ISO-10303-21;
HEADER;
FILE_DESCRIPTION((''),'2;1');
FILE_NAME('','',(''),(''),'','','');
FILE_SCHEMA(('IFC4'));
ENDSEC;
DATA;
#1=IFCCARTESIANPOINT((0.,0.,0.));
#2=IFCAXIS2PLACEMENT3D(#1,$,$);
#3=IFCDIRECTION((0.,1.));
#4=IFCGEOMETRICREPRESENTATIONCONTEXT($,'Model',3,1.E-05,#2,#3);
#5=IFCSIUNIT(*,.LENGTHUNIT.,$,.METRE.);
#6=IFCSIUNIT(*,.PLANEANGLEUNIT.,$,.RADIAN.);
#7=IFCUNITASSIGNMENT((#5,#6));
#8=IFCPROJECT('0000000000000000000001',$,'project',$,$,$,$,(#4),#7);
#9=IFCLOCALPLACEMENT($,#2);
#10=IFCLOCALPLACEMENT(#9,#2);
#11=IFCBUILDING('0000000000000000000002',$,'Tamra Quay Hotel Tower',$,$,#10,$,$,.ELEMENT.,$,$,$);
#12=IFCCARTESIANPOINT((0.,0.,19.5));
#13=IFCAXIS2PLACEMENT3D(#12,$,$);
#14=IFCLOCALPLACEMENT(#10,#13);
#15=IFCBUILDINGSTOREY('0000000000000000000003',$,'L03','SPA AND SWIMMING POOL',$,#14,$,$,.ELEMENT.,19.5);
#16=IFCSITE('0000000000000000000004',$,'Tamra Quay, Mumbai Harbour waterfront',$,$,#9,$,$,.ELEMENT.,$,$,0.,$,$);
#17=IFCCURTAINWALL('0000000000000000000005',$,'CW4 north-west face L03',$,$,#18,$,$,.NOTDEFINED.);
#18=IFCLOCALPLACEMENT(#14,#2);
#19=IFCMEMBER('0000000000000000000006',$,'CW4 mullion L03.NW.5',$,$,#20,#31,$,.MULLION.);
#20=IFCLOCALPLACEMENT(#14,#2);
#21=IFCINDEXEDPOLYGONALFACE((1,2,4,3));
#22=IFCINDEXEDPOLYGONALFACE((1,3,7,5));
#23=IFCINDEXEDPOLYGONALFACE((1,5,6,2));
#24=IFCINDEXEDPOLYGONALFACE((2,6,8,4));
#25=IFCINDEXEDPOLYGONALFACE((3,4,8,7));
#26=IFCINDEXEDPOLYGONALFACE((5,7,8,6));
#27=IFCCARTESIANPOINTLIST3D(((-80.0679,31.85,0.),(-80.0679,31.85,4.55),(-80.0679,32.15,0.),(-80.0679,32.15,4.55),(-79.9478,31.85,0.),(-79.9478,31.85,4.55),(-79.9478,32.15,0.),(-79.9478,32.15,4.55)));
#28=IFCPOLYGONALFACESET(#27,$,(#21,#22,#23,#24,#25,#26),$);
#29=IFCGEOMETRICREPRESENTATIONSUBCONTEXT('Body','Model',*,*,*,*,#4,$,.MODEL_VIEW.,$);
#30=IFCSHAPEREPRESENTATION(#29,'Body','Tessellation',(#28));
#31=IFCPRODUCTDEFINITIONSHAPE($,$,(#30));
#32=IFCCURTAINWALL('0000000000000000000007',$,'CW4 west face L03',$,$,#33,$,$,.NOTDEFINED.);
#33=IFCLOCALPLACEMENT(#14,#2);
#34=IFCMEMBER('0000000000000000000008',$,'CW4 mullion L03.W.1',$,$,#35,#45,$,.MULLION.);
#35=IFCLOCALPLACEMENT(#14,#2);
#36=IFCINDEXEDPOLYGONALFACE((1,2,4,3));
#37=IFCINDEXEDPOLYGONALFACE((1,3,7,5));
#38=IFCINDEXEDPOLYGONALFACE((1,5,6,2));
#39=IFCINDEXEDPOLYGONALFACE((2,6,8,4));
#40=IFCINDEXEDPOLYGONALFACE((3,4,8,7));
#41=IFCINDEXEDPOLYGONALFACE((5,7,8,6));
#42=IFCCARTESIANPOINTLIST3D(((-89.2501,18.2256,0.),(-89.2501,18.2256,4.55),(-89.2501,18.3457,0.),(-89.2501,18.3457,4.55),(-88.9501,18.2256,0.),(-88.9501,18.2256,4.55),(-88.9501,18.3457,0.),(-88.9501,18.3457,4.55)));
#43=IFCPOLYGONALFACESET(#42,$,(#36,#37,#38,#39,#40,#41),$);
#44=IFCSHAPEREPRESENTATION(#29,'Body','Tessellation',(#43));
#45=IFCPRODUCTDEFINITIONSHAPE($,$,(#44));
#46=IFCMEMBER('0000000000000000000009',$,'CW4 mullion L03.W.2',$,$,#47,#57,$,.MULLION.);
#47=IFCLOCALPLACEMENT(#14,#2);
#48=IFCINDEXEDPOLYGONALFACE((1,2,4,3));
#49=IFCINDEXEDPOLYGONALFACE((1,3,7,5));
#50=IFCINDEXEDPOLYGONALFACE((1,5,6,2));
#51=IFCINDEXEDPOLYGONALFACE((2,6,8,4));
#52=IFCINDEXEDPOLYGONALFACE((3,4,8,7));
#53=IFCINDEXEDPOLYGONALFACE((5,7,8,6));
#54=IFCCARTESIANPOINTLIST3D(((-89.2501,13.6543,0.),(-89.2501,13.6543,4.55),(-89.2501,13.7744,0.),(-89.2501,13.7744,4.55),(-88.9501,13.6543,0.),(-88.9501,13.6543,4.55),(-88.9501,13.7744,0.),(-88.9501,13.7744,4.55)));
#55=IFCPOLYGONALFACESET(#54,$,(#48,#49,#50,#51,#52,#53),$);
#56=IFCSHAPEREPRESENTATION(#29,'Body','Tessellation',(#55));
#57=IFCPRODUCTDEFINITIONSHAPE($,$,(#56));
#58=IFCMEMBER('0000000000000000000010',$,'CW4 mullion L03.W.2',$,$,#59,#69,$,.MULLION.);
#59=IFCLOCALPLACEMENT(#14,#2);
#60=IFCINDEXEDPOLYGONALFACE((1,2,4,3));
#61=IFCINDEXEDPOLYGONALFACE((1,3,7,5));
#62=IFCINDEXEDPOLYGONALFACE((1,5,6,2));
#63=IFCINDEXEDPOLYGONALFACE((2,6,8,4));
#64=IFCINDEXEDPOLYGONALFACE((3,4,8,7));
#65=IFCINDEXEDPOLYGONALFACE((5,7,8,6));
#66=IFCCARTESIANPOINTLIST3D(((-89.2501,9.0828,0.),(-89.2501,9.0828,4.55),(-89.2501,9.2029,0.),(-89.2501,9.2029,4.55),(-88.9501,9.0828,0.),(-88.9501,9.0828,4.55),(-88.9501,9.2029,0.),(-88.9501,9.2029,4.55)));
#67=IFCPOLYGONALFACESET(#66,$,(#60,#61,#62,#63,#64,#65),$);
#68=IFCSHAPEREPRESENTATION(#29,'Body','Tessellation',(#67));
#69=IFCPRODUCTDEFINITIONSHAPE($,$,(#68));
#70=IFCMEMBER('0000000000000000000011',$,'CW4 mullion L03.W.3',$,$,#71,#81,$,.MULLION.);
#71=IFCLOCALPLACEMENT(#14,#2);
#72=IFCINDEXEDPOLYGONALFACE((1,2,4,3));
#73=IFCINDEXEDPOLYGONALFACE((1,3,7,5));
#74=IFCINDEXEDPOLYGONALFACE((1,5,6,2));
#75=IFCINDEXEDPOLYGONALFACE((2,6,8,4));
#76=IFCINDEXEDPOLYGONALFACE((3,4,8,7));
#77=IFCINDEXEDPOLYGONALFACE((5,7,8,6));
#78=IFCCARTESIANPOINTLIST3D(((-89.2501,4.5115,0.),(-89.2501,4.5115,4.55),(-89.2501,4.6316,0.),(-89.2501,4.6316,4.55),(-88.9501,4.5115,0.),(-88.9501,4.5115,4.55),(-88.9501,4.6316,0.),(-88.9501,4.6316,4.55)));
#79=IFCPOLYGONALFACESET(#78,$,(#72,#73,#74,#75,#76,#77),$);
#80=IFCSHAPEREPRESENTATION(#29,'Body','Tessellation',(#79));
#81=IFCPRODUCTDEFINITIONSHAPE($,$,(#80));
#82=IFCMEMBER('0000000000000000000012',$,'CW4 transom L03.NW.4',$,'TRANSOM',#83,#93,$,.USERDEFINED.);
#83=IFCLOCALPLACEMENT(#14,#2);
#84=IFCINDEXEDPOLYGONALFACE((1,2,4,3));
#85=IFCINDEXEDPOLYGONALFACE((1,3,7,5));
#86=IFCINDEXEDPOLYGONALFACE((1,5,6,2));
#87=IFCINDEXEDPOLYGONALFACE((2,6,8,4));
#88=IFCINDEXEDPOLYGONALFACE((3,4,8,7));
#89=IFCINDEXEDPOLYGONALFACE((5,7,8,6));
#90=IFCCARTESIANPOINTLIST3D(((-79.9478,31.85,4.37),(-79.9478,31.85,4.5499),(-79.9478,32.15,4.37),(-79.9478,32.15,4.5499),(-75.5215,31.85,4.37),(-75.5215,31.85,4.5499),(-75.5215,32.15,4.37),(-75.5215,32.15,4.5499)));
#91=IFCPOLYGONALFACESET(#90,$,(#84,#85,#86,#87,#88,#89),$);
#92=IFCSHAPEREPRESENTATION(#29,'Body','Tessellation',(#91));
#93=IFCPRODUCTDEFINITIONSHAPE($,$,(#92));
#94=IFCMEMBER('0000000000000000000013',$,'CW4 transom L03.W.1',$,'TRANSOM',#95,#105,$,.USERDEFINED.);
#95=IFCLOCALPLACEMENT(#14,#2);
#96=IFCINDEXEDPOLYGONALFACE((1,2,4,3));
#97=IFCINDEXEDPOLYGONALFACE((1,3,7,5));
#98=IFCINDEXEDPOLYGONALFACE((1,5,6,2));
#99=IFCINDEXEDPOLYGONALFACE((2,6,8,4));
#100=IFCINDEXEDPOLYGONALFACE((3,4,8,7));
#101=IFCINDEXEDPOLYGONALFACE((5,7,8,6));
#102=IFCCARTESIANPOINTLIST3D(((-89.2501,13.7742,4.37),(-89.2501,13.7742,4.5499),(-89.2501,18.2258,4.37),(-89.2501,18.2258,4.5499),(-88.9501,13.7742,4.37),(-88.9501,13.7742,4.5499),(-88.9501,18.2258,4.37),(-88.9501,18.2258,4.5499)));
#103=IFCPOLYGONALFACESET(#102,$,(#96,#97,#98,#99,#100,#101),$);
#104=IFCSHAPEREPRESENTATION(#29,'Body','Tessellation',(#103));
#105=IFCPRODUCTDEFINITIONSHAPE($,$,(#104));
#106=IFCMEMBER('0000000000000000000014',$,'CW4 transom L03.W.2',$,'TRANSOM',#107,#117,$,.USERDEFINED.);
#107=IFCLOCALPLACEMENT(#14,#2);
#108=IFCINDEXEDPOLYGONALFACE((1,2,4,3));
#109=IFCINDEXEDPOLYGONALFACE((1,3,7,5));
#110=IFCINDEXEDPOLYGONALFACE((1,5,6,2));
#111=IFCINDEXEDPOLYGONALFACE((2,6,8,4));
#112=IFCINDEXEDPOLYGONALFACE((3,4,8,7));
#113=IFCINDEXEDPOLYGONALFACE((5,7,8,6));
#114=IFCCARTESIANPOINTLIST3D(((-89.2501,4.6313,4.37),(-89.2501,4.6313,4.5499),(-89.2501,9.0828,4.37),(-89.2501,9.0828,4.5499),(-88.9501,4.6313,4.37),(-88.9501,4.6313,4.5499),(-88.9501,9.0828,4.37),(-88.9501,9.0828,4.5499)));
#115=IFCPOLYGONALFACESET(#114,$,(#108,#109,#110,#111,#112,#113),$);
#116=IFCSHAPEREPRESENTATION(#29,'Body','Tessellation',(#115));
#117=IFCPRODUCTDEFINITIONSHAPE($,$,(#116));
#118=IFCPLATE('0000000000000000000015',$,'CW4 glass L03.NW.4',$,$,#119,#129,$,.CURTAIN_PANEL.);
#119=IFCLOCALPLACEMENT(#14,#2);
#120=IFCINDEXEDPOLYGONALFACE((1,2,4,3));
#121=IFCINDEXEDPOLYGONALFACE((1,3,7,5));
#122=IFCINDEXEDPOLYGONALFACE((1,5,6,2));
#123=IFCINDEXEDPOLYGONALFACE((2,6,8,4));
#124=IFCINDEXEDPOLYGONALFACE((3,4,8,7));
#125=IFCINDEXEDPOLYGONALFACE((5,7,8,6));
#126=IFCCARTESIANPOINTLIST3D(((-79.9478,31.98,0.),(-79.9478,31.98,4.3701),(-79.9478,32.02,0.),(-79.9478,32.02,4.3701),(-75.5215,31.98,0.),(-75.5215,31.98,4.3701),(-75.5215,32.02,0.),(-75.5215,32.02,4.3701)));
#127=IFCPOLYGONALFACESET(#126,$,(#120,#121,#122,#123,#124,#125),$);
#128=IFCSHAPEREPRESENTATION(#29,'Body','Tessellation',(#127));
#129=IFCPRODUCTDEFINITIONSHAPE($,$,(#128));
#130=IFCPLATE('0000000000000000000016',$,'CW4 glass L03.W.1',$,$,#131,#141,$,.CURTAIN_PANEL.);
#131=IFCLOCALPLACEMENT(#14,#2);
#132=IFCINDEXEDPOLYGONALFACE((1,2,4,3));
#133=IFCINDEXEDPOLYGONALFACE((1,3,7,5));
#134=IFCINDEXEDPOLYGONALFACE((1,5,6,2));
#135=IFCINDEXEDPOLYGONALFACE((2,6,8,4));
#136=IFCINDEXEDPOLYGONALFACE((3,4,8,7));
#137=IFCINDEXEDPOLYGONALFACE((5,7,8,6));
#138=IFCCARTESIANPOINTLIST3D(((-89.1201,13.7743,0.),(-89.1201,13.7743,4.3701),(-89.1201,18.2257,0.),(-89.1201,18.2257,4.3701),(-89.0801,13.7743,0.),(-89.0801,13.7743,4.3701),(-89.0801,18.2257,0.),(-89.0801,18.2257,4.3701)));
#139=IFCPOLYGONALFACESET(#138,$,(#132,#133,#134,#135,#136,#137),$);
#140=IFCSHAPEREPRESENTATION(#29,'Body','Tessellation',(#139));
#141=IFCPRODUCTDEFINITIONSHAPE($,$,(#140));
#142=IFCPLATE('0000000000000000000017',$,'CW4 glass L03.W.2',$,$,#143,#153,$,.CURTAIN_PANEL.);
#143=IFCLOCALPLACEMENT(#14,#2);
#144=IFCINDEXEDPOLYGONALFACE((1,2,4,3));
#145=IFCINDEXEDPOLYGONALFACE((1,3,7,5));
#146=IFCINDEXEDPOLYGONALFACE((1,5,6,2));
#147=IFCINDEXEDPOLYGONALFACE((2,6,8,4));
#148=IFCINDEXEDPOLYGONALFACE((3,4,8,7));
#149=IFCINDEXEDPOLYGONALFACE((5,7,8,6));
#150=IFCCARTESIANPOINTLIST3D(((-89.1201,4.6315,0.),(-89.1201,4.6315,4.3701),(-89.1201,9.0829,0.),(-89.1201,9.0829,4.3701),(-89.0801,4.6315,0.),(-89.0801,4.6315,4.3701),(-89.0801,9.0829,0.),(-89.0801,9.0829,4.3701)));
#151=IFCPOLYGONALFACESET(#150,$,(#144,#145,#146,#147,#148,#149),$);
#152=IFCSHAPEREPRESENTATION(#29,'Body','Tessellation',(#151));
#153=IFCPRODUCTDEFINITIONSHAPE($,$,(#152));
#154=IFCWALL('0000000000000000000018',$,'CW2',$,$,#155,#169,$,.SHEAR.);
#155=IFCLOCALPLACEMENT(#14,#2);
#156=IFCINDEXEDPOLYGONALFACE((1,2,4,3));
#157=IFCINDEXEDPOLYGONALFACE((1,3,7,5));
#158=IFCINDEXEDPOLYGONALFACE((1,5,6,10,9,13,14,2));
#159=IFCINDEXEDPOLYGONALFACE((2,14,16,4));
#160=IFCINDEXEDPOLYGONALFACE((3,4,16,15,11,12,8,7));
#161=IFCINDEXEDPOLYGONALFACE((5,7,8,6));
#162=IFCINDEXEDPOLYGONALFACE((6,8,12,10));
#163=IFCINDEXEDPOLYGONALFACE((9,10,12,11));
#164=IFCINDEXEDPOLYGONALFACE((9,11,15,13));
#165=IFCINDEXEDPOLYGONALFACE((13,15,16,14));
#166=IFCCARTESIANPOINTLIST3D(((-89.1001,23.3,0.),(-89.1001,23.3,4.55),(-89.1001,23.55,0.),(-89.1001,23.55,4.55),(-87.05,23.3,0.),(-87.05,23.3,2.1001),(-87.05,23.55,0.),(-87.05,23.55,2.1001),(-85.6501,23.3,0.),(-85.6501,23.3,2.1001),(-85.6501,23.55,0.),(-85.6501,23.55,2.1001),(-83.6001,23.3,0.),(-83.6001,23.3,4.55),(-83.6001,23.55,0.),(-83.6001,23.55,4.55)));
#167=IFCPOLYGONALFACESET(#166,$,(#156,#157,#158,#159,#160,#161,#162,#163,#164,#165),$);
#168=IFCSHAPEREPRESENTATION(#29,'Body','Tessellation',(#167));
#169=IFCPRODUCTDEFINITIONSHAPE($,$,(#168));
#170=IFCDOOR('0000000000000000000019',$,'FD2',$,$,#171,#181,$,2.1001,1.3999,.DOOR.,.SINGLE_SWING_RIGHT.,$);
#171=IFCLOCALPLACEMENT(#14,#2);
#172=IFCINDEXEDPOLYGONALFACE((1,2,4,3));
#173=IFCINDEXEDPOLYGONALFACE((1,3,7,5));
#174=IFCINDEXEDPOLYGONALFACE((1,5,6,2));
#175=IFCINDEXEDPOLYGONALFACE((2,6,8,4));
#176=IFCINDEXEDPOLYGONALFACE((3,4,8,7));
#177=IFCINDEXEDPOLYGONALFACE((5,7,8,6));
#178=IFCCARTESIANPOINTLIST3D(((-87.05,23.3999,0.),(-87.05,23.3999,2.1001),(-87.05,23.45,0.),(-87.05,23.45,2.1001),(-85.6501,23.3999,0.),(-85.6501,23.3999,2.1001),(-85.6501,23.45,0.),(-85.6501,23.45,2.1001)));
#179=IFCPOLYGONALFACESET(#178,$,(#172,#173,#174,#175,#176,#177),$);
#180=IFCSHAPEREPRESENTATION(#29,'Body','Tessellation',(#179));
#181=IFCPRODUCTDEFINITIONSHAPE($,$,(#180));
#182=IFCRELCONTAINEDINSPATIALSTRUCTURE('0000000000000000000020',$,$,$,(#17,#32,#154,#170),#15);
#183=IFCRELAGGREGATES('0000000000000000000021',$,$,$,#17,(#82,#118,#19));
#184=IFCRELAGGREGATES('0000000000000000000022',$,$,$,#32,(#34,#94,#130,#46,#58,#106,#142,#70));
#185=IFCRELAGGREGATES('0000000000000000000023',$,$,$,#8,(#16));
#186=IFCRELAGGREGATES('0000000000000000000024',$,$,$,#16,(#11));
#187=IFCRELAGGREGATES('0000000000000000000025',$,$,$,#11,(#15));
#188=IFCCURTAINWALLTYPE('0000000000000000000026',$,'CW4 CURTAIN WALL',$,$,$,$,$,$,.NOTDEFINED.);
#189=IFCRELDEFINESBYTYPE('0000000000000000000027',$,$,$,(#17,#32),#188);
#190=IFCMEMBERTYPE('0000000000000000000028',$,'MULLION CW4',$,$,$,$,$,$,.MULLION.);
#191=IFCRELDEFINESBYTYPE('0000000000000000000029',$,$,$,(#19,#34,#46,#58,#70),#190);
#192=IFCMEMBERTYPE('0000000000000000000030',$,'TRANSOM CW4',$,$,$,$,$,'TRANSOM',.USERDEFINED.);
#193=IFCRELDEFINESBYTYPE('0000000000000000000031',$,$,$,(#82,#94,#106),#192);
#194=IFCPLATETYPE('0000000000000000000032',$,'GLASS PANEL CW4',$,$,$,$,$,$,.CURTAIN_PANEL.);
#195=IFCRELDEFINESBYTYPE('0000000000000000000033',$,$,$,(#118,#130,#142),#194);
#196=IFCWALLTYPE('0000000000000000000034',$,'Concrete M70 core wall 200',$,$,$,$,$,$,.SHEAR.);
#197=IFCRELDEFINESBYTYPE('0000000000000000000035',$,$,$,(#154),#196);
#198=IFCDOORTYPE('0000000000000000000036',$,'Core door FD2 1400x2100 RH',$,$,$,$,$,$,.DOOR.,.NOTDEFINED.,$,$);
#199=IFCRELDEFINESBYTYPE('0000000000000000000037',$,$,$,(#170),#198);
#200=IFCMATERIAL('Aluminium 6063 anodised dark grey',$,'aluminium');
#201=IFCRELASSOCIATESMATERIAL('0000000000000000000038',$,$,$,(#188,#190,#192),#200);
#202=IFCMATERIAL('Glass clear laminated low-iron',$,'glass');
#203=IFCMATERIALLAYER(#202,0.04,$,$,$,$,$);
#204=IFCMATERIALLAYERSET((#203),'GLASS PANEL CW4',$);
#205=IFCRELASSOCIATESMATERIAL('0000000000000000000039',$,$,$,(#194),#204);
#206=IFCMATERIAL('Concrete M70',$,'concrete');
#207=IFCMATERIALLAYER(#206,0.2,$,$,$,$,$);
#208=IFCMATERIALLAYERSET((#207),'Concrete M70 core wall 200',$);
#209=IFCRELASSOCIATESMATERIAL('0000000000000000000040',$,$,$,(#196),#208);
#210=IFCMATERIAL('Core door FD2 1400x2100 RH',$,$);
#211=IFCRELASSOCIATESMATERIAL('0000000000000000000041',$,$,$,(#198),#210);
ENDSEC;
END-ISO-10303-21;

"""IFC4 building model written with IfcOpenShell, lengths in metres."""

from ifc_helpers import new_model, si_unit, direction, frame, frame_2d, origin, origin_2d, place, context, subcontext, project, spatial, rectangle, extrude, material, layer, layer_set, material_profile, profile_set, type_object, element, fill, aggregate, save


model = new_model("IFC4")

# Units and contexts
model_context = context("Model", 3, precision=1e-05, world=origin(), true_north=direction((0.0, 1.0)))
body_context = subcontext(model_context, "Body", "Model", "MODEL_VIEW")
ifc_project = project(units=[si_unit("LENGTHUNIT", "METRE"), si_unit("PLANEANGLEUNIT", "RADIAN")], contexts=[model_context])

# Site, building, storey
site_placement = place(None, origin())
site = spatial("IfcSite", under=ifc_project, at=site_placement, Name="Tamra Quay, Mumbai Harbour waterfront", CompositionType="ELEMENT", RefElevation=0.0)
building_placement = place(site_placement, origin())
building = spatial("IfcBuilding", under=site, at=building_placement, Name="Tamra Quay Hotel Tower", CompositionType="ELEMENT")
storey_placement = place(building_placement, frame((0.0, 0.0, 19.5)))
storey = spatial("IfcBuildingStorey", under=building, at=storey_placement, Name="L03", Description="SPA AND SWIMMING POOL", CompositionType="ELEMENT", Elevation=19.5)

# Curtain wall, member
ifc_material_1 = material(Name="Aluminium 6063 anodised dark grey", Category="aluminium")
curtain_wall_type = type_object("IfcCurtainWallType", Name="CW4 CURTAIN WALL", PredefinedType="NOTDEFINED", material=ifc_material_1)
curtain_wall_1_placement = place(storey_placement, origin())
curtain_wall_1 = element("IfcCurtainWall", 1, at=curtain_wall_1_placement, inside=storey, type_object=curtain_wall_type, Name="CW4 north-west face L03", PredefinedType="NOTDEFINED")
ifc_material_profile_1 = material_profile(ifc_material_1, rectangle(XDim=0.3, YDim=0.1201, at=origin_2d()), Name="MULLION 120X300")
ifc_profile_set_1 = profile_set([ifc_material_profile_1], Name="Aluminium 6063 anodised dark grey")
member_type_1 = type_object("IfcMemberType", Name="MULLION CW4", PredefinedType="MULLION", material=ifc_profile_set_1)
member_1_placement = place(storey_placement, frame((-80.0078, 32.0, 0.0), z_axis=(0.0, 0.0, 1.0), x_axis=(0.0, 1.0, 0.0)))
member_1 = element("IfcMember", 2, at=member_1_placement, type_object=member_type_1, Name="CW4 mullion L03.NW.5", PredefinedType="MULLION", context=body_context, shape_type="SweptSolid", body=[
    extrude(rectangle(XDim=0.3, YDim=0.1201, at=origin_2d()), origin(), (0.0, 0.0, 1.0), 4.55),
])

# Curtain wall, members
curtain_wall_2_placement = place(storey_placement, origin())
curtain_wall_2 = element("IfcCurtainWall", 3, at=curtain_wall_2_placement, inside=storey, type_object=curtain_wall_type, Name="CW4 west face L03", PredefinedType="NOTDEFINED")
member_2_placement = place(storey_placement, frame((-89.1001, 18.2856, 0.0), z_axis=(0.0, 0.0, 1.0), x_axis=(-1.0, 0.0, 0.0)))
member_2 = element("IfcMember", 4, at=member_2_placement, type_object=member_type_1, Name="CW4 mullion L03.W.1", PredefinedType="MULLION", context=body_context, shape_type="SweptSolid", body=[
    extrude(rectangle(XDim=0.3, YDim=0.1201, at=origin_2d()), origin(), (0.0, 0.0, 1.0), 4.55),
])
member_3_placement = place(storey_placement, frame((-89.1001, 13.7144, 0.0), z_axis=(0.0, 0.0, 1.0), x_axis=(-1.0, 0.0, 0.0)))
member_3 = element("IfcMember", 5, at=member_3_placement, type_object=member_type_1, Name="CW4 mullion L03.W.2", PredefinedType="MULLION", context=body_context, shape_type="SweptSolid", body=[
    extrude(rectangle(XDim=0.3, YDim=0.1201, at=origin_2d()), origin(), (0.0, 0.0, 1.0), 4.55),
])
member_4_placement = place(storey_placement, frame((-89.1001, 9.1428, 0.0), z_axis=(0.0, 0.0, 1.0), x_axis=(-1.0, 0.0, 0.0)))
member_4 = element("IfcMember", 6, at=member_4_placement, type_object=member_type_1, Name="CW4 mullion L03.W.2", PredefinedType="MULLION", context=body_context, shape_type="SweptSolid", body=[
    extrude(rectangle(XDim=0.3, YDim=0.1201, at=origin_2d()), origin(), (0.0, 0.0, 1.0), 4.55),
])
member_5_placement = place(storey_placement, frame((-89.1001, 4.5715, 0.0), z_axis=(0.0, 0.0, 1.0), x_axis=(-1.0, 0.0, 0.0)))
member_5 = element("IfcMember", 7, at=member_5_placement, type_object=member_type_1, Name="CW4 mullion L03.W.3", PredefinedType="MULLION", context=body_context, shape_type="SweptSolid", body=[
    extrude(rectangle(XDim=0.3, YDim=0.1201, at=origin_2d()), origin(), (0.0, 0.0, 1.0), 4.55),
])

# Members
ifc_material_profile_2 = material_profile(ifc_material_1, rectangle(XDim=0.3, YDim=0.1799, at=origin_2d()), Name="TRANSOM 300X180")
ifc_profile_set_2 = profile_set([ifc_material_profile_2], Name="Aluminium 6063 anodised dark grey")
member_type_2 = type_object("IfcMemberType", Name="TRANSOM CW4", ElementType="TRANSOM", PredefinedType="USERDEFINED", material=ifc_profile_set_2)
member_6_placement = place(storey_placement, frame((-75.5215, 32.0, 4.46), z_axis=(-1.0, 0.0, 0.0), x_axis=(0.0, -1.0, 0.0)))
member_6 = element("IfcMember", 8, at=member_6_placement, type_object=member_type_2, Name="CW4 transom L03.NW.4", ObjectType="TRANSOM", PredefinedType="USERDEFINED", context=body_context, shape_type="SweptSolid", body=[
    extrude(rectangle(XDim=0.3, YDim=0.1799, at=origin_2d()), origin(), (0.0, 0.0, 1.0), 4.4263),
])
member_7_placement = place(storey_placement, frame((-89.1001, 18.2258, 4.46), z_axis=(0.0, -1.0, 0.0), x_axis=(1.0, 0.0, 0.0)))
member_7 = element("IfcMember", 9, at=member_7_placement, type_object=member_type_2, Name="CW4 transom L03.W.1", ObjectType="TRANSOM", PredefinedType="USERDEFINED", context=body_context, shape_type="SweptSolid", body=[
    extrude(rectangle(XDim=0.3, YDim=0.1799, at=origin_2d()), origin(), (0.0, 0.0, 1.0), 4.4517),
])
member_8_placement = place(storey_placement, frame((-89.1001, 9.0828, 4.46), z_axis=(0.0, -1.0, 0.0), x_axis=(1.0, 0.0, 0.0)))
member_8 = element("IfcMember", 10, at=member_8_placement, type_object=member_type_2, Name="CW4 transom L03.W.2", ObjectType="TRANSOM", PredefinedType="USERDEFINED", context=body_context, shape_type="SweptSolid", body=[
    extrude(rectangle(XDim=0.3, YDim=0.1799, at=origin_2d()), origin(), (0.0, 0.0, 1.0), 4.4514),
])

# Plates
ifc_material_2 = material(Name="Glass clear laminated low-iron", Category="glass")
ifc_layer_1 = layer(ifc_material_2, 0.04)
ifc_layer_set_1 = layer_set([ifc_layer_1], Name="GLASS PANEL CW4")
plate_type = type_object("IfcPlateType", Name="GLASS PANEL CW4", PredefinedType="CURTAIN_PANEL", material=ifc_layer_set_1)
plate_1_placement = place(storey_placement, frame((-77.7346, 32.0, 0.0), z_axis=(0.0, 0.0, 1.0), x_axis=(-1.0, 0.0, 0.0)))
plate_1 = element("IfcPlate", 11, at=plate_1_placement, type_object=plate_type, Name="CW4 glass L03.NW.4", PredefinedType="CURTAIN_PANEL", context=body_context, shape_type="SweptSolid", body=[
    extrude(rectangle(XDim=4.4263, YDim=0.04, at=origin_2d()), origin(), (0.0, 0.0, 1.0), 4.3701),
])
aggregate(curtain_wall_1, [member_6, plate_1, member_1])
plate_2_placement = place(storey_placement, frame((-89.1001, 16.0, 0.0), z_axis=(0.0, 0.0, 1.0), x_axis=(0.0, -1.0, 0.0)))
plate_2 = element("IfcPlate", 12, at=plate_2_placement, type_object=plate_type, Name="CW4 glass L03.W.1", PredefinedType="CURTAIN_PANEL", context=body_context, shape_type="SweptSolid", body=[
    extrude(rectangle(XDim=4.4514, YDim=0.04, at=origin_2d()), origin(), (0.0, 0.0, 1.0), 4.3701),
])
plate_3_placement = place(storey_placement, frame((-89.1001, 6.8572, 0.0), z_axis=(0.0, 0.0, 1.0), x_axis=(0.0, -1.0, 0.0)))
plate_3 = element("IfcPlate", 13, at=plate_3_placement, type_object=plate_type, Name="CW4 glass L03.W.2", PredefinedType="CURTAIN_PANEL", context=body_context, shape_type="SweptSolid", body=[
    extrude(rectangle(XDim=4.4514, YDim=0.04, at=origin_2d()), origin(), (0.0, 0.0, 1.0), 4.3701),
])
aggregate(curtain_wall_2, [member_2, member_7, plate_2, member_3, member_4, member_8, plate_3, member_5])

# Wall, opening, door
ifc_material_3 = material(Name="Concrete M70", Category="concrete")
ifc_layer_2 = layer(ifc_material_3, 0.2)
ifc_layer_set_2 = layer_set([ifc_layer_2], Name="Concrete M70 core wall 200")
wall_type_1 = type_object("IfcWallType", Name="Concrete M70 core wall 200", PredefinedType="SHEAR", material=ifc_layer_set_2)
wall_1_placement = place(storey_placement, frame((-89.1001, 23.425, 0.0), z_axis=(0.0, 0.0, 1.0), x_axis=(1.0, 0.0, 0.0)))
wall_1 = element("IfcWall", 14, at=wall_1_placement, inside=storey, type_object=wall_type_1, Name="CW2", PredefinedType="SHEAR", context=body_context, shape_type="SweptSolid", body=[
    extrude(rectangle(XDim=5.5, YDim=0.25, at=frame_2d((2.75, 0.0))), origin(), (0.0, 0.0, 1.0), 4.55),
])
opening_1_placement = place(wall_1_placement, frame((2.05, 0.0, 0.0)))
opening_1 = element("IfcOpeningElement", 15, at=opening_1_placement, cuts=wall_1, PredefinedType="OPENING", context=body_context, shape_type="SweptSolid", body=[
    extrude(rectangle(XDim=1.3999, YDim=2.1001, at=frame_2d((0.7, 1.05))), frame((0.0, 0.135, 0.0), z_axis=(0.0, -1.0, 0.0), x_axis=(1.0, 0.0, 0.0)), (0.0, 0.0, 1.0), 0.27),
])
ifc_material_4 = material(Name="Core door FD2 1400x2100 RH")
door_type = type_object("IfcDoorType", Name="Core door FD2 1400x2100 RH", OperationType="NOTDEFINED", PredefinedType="DOOR", material=ifc_material_4)
door_placement = place(opening_1_placement, origin())
door = element("IfcDoor", 16, at=door_placement, inside=storey, type_object=door_type, Name="FD2", OperationType="SINGLE_SWING_RIGHT", OverallHeight=2.1001, OverallWidth=1.3999, PredefinedType="DOOR", context=body_context, shape_type="SweptSolid", body=[
    extrude(rectangle(XDim=1.3999, YDim=2.1001, at=frame_2d((0.7, 1.05))), frame((0.0, 0.0249, 0.0), z_axis=(0.0, -1.0, 0.0), x_axis=(1.0, 0.0, 0.0)), (0.0, 0.0, 1.0), 0.05),
])
fill(opening_1, door)

save(model, "model.ifc")
